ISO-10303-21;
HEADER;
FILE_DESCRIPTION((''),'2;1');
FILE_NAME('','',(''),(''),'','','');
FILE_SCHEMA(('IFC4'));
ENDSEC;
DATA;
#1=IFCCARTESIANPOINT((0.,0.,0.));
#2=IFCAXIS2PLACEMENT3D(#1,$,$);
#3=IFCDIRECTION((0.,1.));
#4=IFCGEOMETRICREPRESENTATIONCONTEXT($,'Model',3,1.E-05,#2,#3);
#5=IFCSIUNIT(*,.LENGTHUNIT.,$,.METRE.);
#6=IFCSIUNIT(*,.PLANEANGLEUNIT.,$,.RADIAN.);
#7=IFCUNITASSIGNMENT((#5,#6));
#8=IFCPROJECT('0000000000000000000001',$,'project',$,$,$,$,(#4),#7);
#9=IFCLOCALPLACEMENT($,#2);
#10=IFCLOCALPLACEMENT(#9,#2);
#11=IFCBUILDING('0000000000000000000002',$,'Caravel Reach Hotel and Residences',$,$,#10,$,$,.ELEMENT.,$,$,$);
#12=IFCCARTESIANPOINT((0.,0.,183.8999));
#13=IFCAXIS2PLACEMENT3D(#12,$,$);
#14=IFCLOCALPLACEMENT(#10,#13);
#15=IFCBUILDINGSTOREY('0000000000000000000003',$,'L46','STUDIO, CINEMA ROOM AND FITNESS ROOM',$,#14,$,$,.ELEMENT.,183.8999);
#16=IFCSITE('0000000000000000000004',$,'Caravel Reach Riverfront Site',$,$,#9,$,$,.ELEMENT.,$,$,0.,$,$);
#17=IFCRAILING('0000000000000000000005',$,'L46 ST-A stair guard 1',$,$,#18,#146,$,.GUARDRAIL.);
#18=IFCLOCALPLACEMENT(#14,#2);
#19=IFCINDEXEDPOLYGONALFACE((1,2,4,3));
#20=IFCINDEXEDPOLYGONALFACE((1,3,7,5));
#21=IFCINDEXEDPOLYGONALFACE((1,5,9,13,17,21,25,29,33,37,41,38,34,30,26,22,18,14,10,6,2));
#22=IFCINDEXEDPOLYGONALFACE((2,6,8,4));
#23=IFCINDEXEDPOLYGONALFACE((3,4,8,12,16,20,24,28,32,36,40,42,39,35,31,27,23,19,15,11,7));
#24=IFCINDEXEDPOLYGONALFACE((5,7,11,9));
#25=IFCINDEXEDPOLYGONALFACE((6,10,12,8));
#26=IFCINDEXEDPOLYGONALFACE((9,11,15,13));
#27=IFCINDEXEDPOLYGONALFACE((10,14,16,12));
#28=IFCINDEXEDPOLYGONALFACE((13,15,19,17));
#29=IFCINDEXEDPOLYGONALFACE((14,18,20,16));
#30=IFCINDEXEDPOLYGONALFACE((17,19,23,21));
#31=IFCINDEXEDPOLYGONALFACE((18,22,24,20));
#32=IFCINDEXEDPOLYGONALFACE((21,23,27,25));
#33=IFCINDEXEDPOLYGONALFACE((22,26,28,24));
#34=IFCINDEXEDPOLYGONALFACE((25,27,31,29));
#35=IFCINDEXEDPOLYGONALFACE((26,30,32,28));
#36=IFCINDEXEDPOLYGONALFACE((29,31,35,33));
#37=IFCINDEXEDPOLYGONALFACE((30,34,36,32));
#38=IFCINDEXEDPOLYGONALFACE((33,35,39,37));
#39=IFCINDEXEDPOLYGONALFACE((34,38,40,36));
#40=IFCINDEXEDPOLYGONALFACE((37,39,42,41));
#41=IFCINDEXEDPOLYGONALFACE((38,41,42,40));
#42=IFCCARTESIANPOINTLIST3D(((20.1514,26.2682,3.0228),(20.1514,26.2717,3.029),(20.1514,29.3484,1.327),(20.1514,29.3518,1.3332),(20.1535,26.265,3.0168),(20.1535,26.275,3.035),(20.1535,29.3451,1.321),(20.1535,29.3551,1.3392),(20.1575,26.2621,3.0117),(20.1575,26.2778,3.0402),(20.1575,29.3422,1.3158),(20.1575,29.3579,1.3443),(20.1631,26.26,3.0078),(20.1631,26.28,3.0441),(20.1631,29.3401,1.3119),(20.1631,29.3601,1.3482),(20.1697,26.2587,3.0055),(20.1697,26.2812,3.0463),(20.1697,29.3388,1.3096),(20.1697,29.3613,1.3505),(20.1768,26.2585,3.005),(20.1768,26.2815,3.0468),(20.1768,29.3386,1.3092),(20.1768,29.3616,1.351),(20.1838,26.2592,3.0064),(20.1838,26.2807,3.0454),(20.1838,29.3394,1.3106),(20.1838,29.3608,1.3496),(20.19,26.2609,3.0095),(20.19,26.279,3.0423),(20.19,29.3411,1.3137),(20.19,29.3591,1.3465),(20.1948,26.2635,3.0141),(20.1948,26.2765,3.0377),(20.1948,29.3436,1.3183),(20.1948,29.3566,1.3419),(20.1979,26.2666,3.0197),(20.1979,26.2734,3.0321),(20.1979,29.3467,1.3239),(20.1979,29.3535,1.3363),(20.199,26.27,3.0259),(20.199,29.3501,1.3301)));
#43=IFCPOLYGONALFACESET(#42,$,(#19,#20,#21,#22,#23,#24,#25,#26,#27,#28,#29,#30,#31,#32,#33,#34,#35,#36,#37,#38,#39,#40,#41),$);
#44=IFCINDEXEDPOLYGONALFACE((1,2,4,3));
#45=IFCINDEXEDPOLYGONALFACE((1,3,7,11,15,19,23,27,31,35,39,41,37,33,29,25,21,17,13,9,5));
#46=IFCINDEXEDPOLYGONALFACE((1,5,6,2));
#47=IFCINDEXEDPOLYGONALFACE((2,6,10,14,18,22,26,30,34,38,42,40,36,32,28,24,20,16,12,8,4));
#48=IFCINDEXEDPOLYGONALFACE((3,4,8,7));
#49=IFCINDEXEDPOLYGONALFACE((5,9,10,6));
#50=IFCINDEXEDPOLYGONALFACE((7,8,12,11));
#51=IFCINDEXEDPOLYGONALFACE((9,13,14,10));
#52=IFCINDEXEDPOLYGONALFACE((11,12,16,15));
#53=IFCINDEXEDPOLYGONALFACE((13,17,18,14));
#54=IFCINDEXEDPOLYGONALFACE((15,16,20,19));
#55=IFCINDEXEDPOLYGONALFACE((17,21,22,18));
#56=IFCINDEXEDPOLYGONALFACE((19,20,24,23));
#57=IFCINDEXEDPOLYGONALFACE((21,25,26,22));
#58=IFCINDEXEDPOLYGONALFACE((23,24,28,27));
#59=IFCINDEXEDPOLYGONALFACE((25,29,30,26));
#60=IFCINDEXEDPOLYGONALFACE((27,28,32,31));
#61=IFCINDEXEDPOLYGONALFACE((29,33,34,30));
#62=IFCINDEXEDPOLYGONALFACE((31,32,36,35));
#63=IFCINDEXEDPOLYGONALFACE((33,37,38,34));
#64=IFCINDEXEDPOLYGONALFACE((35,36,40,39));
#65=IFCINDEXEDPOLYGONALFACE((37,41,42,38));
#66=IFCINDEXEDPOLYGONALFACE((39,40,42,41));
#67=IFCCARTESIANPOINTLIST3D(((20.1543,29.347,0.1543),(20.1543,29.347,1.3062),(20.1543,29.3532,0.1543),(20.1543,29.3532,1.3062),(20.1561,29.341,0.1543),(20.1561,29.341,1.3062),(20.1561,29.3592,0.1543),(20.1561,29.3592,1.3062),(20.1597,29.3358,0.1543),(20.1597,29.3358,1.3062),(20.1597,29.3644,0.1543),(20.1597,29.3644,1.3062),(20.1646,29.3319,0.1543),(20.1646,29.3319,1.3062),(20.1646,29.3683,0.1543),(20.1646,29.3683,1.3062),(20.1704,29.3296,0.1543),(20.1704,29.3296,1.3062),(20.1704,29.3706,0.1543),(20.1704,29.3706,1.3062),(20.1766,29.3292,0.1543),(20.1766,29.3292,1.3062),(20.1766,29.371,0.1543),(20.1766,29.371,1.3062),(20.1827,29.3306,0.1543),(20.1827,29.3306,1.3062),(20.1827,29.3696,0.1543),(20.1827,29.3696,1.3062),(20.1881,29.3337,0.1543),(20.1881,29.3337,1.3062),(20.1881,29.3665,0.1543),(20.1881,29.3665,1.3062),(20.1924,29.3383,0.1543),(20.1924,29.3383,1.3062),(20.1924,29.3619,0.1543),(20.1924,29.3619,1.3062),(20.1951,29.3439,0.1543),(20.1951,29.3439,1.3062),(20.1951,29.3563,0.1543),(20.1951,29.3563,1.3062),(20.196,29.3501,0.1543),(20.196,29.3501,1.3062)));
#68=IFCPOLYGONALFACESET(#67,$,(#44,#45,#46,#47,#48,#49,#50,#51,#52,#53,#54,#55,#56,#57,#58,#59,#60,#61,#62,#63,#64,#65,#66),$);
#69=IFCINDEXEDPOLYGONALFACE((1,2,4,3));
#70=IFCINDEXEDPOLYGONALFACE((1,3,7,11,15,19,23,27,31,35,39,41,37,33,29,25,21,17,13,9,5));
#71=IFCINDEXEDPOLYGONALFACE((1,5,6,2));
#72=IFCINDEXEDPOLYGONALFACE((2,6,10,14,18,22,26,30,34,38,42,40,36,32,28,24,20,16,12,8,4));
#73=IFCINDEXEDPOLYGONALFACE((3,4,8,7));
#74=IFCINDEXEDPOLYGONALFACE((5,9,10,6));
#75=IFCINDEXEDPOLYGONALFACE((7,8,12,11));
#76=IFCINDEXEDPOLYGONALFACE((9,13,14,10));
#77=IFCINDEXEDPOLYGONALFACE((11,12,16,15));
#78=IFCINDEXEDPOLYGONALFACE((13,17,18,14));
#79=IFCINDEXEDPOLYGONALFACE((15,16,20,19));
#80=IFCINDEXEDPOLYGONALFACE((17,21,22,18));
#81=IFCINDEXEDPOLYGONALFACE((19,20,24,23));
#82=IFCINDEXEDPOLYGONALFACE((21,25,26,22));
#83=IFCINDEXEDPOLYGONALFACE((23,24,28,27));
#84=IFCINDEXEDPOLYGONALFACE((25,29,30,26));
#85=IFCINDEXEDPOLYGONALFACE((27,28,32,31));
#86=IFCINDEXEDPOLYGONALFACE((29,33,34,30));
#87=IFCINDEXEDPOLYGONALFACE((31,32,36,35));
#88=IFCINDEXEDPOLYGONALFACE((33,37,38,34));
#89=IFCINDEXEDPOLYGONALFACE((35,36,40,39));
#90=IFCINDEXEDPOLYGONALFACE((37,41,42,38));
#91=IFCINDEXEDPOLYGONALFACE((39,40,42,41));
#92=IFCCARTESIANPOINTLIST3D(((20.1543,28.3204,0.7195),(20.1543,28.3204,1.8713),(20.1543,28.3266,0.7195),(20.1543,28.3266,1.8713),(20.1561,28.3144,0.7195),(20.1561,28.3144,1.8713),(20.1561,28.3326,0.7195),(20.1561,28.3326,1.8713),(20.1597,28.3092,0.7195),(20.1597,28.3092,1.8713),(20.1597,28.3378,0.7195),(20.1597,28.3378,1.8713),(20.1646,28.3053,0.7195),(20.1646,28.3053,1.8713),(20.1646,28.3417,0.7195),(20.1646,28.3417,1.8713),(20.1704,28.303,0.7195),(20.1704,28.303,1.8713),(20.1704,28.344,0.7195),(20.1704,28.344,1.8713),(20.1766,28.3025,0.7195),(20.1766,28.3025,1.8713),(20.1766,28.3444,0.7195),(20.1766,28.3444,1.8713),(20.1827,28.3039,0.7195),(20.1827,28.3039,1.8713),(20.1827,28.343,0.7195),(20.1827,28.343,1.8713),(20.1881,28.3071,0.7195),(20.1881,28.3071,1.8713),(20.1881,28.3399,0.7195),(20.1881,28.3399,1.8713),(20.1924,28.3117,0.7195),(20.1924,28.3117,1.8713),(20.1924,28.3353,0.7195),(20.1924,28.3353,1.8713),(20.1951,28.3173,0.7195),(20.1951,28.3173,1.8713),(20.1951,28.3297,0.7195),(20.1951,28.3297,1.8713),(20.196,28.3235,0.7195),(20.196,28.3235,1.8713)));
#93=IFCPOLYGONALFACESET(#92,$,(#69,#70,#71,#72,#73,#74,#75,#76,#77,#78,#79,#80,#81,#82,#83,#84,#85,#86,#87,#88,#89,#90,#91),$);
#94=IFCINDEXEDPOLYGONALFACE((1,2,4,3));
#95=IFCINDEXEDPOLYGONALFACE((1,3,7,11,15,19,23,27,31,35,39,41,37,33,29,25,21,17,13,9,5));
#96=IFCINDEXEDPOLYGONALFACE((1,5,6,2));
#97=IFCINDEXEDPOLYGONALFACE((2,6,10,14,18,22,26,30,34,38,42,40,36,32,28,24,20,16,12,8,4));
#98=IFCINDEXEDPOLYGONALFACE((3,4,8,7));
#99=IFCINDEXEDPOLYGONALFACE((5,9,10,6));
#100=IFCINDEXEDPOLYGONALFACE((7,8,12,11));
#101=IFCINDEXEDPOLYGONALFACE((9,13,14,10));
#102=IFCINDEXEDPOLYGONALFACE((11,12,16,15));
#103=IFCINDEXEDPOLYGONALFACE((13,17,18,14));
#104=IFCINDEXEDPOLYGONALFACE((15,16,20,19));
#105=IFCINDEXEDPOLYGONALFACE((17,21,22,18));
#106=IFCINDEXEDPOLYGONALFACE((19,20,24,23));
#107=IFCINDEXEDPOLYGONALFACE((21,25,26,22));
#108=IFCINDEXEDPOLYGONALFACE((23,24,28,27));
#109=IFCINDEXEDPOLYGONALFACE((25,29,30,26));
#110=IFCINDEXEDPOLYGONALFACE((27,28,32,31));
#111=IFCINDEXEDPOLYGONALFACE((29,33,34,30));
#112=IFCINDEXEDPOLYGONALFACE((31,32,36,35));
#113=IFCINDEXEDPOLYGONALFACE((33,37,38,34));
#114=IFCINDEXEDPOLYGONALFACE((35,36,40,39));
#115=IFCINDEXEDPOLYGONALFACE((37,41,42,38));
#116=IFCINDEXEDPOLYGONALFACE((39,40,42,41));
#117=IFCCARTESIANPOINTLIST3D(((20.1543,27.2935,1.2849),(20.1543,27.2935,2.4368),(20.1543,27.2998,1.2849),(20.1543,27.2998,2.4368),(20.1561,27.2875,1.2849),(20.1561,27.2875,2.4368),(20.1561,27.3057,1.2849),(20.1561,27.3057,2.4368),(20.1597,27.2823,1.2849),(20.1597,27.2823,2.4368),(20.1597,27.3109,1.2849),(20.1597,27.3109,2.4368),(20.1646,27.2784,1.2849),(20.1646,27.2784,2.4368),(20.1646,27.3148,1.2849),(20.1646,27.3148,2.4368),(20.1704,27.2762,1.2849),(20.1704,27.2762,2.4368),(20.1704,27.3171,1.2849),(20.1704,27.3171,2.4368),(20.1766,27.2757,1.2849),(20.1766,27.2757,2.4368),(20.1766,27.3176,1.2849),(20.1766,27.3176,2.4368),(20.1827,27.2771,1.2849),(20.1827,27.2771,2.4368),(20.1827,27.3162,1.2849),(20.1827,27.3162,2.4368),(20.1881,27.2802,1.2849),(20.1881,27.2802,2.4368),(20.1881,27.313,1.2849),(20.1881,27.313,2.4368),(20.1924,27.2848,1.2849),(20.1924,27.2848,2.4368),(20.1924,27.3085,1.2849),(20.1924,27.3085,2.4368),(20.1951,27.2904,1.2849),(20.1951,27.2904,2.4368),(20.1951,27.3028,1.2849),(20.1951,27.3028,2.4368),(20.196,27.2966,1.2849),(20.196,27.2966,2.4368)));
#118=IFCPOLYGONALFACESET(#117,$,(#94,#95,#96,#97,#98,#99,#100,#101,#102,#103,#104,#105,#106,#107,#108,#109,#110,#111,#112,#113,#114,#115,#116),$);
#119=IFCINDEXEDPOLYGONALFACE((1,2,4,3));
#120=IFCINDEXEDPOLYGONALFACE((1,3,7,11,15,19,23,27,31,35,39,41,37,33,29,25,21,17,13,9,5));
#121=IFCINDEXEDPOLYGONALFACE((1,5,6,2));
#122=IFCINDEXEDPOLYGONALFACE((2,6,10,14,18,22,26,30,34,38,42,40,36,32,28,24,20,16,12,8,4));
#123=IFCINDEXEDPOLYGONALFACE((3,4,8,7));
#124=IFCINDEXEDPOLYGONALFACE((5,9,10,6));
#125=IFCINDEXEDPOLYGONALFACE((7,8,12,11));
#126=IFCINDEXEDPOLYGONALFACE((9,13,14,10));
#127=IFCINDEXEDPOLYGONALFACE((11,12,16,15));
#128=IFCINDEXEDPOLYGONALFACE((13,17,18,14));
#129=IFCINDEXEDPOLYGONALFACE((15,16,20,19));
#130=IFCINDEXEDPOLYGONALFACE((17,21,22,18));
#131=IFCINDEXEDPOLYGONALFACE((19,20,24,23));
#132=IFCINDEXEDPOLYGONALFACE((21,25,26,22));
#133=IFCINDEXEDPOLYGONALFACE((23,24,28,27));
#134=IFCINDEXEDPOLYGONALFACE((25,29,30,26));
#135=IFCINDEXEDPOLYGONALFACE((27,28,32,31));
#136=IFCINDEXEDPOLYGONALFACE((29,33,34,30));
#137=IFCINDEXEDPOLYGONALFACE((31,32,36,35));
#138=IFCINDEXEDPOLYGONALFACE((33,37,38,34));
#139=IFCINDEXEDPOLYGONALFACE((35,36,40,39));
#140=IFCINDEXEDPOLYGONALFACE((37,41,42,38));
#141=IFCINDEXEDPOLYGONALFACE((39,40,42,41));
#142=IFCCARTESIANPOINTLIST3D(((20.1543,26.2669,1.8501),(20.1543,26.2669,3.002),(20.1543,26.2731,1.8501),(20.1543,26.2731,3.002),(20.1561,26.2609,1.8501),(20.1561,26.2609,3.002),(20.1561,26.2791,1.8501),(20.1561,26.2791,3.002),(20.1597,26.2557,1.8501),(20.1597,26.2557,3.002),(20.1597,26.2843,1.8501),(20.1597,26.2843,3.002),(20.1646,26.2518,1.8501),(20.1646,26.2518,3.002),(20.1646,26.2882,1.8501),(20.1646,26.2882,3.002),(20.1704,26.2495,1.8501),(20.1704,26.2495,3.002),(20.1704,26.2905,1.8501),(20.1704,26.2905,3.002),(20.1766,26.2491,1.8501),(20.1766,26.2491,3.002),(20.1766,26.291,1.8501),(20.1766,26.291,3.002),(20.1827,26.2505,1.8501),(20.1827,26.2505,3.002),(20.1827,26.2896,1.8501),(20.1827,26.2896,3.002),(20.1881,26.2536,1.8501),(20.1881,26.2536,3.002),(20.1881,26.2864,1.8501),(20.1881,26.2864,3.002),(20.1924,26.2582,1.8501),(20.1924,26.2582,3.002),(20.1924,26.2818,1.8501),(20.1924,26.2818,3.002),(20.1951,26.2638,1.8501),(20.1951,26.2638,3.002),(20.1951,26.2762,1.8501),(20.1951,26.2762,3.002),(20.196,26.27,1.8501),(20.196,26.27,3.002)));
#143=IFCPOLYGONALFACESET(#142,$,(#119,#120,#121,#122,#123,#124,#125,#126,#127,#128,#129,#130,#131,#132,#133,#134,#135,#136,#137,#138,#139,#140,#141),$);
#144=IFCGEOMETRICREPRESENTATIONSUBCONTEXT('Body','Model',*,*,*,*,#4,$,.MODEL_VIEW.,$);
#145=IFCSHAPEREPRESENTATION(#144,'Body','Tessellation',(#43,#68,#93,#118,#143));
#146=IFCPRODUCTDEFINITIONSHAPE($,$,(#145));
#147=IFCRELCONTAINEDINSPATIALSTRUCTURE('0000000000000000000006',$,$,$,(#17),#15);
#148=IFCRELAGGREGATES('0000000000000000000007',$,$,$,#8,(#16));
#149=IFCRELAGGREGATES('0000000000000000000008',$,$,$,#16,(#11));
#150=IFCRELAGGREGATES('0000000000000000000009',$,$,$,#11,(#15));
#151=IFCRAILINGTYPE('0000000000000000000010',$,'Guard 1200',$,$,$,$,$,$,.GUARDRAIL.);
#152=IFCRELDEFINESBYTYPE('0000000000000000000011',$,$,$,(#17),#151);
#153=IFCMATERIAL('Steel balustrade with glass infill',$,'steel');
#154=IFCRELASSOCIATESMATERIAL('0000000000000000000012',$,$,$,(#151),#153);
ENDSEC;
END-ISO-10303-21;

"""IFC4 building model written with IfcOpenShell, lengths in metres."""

from ifc_helpers import new_model, si_unit, direction, frame, origin, origin_2d, place, context, subcontext, project, spatial, circle, extrude, material, type_object, element, save


model = new_model("IFC4")

# Units and contexts
model_context = context("Model", 3, precision=1e-05, world=origin(), true_north=direction((0.0, 1.0)))
body_context = subcontext(model_context, "Body", "Model", "MODEL_VIEW")
ifc_project = project(units=[si_unit("LENGTHUNIT", "METRE"), si_unit("PLANEANGLEUNIT", "RADIAN")], contexts=[model_context])

# Site, building, storey
site_placement = place(None, origin())
site = spatial("IfcSite", under=ifc_project, at=site_placement, Name="Caravel Reach Riverfront Site", CompositionType="ELEMENT", RefElevation=0.0)
building_placement = place(site_placement, origin())
building = spatial("IfcBuilding", under=site, at=building_placement, Name="Caravel Reach Hotel and Residences", CompositionType="ELEMENT")
storey_placement = place(building_placement, frame((0.0, 0.0, 183.8999)))
storey = spatial("IfcBuildingStorey", under=building, at=storey_placement, Name="L46", Description="STUDIO, CINEMA ROOM AND FITNESS ROOM", CompositionType="ELEMENT", Elevation=183.8999)

# Railing
ifc_material_1 = material(Name="Steel balustrade with glass infill", Category="steel")
railing_type_1 = type_object("IfcRailingType", Name="Guard 1200", PredefinedType="GUARDRAIL", material=ifc_material_1)
railing_1_placement = place(storey_placement, frame((20.175, 29.3501, 0.1543)))
element("IfcRailing", 1, at=railing_1_placement, inside=storey, type_object=railing_type_1, Name="L46 ST-A stair guard 1", PredefinedType="GUARDRAIL", context=body_context, shape_type="SweptSolid", body=[
    extrude(circle(Radius=0.0239, at=origin_2d()), frame((0.0, 0.0, 1.1758), z_axis=(0.0, -0.876005, 0.482303), x_axis=(1.0, 0.0, 0.0)), (0.0, 0.0, 1.0), 3.5161),
    extrude(circle(Radius=0.021, at=origin_2d()), origin(), (0.0, 0.0, 1.0), 1.1519),
    extrude(circle(Radius=0.021, at=origin_2d()), frame((0.0, -1.0266, 0.5652)), (0.0, 0.0, 1.0), 1.1519),
    extrude(circle(Radius=0.021, at=origin_2d()), frame((0.0, -2.0535, 1.1306)), (0.0, 0.0, 1.0), 1.1519),
    extrude(circle(Radius=0.021, at=origin_2d()), frame((0.0, -3.0801, 1.6958)), (0.0, 0.0, 1.0), 1.1519),
])

save(model, "model.ifc")
